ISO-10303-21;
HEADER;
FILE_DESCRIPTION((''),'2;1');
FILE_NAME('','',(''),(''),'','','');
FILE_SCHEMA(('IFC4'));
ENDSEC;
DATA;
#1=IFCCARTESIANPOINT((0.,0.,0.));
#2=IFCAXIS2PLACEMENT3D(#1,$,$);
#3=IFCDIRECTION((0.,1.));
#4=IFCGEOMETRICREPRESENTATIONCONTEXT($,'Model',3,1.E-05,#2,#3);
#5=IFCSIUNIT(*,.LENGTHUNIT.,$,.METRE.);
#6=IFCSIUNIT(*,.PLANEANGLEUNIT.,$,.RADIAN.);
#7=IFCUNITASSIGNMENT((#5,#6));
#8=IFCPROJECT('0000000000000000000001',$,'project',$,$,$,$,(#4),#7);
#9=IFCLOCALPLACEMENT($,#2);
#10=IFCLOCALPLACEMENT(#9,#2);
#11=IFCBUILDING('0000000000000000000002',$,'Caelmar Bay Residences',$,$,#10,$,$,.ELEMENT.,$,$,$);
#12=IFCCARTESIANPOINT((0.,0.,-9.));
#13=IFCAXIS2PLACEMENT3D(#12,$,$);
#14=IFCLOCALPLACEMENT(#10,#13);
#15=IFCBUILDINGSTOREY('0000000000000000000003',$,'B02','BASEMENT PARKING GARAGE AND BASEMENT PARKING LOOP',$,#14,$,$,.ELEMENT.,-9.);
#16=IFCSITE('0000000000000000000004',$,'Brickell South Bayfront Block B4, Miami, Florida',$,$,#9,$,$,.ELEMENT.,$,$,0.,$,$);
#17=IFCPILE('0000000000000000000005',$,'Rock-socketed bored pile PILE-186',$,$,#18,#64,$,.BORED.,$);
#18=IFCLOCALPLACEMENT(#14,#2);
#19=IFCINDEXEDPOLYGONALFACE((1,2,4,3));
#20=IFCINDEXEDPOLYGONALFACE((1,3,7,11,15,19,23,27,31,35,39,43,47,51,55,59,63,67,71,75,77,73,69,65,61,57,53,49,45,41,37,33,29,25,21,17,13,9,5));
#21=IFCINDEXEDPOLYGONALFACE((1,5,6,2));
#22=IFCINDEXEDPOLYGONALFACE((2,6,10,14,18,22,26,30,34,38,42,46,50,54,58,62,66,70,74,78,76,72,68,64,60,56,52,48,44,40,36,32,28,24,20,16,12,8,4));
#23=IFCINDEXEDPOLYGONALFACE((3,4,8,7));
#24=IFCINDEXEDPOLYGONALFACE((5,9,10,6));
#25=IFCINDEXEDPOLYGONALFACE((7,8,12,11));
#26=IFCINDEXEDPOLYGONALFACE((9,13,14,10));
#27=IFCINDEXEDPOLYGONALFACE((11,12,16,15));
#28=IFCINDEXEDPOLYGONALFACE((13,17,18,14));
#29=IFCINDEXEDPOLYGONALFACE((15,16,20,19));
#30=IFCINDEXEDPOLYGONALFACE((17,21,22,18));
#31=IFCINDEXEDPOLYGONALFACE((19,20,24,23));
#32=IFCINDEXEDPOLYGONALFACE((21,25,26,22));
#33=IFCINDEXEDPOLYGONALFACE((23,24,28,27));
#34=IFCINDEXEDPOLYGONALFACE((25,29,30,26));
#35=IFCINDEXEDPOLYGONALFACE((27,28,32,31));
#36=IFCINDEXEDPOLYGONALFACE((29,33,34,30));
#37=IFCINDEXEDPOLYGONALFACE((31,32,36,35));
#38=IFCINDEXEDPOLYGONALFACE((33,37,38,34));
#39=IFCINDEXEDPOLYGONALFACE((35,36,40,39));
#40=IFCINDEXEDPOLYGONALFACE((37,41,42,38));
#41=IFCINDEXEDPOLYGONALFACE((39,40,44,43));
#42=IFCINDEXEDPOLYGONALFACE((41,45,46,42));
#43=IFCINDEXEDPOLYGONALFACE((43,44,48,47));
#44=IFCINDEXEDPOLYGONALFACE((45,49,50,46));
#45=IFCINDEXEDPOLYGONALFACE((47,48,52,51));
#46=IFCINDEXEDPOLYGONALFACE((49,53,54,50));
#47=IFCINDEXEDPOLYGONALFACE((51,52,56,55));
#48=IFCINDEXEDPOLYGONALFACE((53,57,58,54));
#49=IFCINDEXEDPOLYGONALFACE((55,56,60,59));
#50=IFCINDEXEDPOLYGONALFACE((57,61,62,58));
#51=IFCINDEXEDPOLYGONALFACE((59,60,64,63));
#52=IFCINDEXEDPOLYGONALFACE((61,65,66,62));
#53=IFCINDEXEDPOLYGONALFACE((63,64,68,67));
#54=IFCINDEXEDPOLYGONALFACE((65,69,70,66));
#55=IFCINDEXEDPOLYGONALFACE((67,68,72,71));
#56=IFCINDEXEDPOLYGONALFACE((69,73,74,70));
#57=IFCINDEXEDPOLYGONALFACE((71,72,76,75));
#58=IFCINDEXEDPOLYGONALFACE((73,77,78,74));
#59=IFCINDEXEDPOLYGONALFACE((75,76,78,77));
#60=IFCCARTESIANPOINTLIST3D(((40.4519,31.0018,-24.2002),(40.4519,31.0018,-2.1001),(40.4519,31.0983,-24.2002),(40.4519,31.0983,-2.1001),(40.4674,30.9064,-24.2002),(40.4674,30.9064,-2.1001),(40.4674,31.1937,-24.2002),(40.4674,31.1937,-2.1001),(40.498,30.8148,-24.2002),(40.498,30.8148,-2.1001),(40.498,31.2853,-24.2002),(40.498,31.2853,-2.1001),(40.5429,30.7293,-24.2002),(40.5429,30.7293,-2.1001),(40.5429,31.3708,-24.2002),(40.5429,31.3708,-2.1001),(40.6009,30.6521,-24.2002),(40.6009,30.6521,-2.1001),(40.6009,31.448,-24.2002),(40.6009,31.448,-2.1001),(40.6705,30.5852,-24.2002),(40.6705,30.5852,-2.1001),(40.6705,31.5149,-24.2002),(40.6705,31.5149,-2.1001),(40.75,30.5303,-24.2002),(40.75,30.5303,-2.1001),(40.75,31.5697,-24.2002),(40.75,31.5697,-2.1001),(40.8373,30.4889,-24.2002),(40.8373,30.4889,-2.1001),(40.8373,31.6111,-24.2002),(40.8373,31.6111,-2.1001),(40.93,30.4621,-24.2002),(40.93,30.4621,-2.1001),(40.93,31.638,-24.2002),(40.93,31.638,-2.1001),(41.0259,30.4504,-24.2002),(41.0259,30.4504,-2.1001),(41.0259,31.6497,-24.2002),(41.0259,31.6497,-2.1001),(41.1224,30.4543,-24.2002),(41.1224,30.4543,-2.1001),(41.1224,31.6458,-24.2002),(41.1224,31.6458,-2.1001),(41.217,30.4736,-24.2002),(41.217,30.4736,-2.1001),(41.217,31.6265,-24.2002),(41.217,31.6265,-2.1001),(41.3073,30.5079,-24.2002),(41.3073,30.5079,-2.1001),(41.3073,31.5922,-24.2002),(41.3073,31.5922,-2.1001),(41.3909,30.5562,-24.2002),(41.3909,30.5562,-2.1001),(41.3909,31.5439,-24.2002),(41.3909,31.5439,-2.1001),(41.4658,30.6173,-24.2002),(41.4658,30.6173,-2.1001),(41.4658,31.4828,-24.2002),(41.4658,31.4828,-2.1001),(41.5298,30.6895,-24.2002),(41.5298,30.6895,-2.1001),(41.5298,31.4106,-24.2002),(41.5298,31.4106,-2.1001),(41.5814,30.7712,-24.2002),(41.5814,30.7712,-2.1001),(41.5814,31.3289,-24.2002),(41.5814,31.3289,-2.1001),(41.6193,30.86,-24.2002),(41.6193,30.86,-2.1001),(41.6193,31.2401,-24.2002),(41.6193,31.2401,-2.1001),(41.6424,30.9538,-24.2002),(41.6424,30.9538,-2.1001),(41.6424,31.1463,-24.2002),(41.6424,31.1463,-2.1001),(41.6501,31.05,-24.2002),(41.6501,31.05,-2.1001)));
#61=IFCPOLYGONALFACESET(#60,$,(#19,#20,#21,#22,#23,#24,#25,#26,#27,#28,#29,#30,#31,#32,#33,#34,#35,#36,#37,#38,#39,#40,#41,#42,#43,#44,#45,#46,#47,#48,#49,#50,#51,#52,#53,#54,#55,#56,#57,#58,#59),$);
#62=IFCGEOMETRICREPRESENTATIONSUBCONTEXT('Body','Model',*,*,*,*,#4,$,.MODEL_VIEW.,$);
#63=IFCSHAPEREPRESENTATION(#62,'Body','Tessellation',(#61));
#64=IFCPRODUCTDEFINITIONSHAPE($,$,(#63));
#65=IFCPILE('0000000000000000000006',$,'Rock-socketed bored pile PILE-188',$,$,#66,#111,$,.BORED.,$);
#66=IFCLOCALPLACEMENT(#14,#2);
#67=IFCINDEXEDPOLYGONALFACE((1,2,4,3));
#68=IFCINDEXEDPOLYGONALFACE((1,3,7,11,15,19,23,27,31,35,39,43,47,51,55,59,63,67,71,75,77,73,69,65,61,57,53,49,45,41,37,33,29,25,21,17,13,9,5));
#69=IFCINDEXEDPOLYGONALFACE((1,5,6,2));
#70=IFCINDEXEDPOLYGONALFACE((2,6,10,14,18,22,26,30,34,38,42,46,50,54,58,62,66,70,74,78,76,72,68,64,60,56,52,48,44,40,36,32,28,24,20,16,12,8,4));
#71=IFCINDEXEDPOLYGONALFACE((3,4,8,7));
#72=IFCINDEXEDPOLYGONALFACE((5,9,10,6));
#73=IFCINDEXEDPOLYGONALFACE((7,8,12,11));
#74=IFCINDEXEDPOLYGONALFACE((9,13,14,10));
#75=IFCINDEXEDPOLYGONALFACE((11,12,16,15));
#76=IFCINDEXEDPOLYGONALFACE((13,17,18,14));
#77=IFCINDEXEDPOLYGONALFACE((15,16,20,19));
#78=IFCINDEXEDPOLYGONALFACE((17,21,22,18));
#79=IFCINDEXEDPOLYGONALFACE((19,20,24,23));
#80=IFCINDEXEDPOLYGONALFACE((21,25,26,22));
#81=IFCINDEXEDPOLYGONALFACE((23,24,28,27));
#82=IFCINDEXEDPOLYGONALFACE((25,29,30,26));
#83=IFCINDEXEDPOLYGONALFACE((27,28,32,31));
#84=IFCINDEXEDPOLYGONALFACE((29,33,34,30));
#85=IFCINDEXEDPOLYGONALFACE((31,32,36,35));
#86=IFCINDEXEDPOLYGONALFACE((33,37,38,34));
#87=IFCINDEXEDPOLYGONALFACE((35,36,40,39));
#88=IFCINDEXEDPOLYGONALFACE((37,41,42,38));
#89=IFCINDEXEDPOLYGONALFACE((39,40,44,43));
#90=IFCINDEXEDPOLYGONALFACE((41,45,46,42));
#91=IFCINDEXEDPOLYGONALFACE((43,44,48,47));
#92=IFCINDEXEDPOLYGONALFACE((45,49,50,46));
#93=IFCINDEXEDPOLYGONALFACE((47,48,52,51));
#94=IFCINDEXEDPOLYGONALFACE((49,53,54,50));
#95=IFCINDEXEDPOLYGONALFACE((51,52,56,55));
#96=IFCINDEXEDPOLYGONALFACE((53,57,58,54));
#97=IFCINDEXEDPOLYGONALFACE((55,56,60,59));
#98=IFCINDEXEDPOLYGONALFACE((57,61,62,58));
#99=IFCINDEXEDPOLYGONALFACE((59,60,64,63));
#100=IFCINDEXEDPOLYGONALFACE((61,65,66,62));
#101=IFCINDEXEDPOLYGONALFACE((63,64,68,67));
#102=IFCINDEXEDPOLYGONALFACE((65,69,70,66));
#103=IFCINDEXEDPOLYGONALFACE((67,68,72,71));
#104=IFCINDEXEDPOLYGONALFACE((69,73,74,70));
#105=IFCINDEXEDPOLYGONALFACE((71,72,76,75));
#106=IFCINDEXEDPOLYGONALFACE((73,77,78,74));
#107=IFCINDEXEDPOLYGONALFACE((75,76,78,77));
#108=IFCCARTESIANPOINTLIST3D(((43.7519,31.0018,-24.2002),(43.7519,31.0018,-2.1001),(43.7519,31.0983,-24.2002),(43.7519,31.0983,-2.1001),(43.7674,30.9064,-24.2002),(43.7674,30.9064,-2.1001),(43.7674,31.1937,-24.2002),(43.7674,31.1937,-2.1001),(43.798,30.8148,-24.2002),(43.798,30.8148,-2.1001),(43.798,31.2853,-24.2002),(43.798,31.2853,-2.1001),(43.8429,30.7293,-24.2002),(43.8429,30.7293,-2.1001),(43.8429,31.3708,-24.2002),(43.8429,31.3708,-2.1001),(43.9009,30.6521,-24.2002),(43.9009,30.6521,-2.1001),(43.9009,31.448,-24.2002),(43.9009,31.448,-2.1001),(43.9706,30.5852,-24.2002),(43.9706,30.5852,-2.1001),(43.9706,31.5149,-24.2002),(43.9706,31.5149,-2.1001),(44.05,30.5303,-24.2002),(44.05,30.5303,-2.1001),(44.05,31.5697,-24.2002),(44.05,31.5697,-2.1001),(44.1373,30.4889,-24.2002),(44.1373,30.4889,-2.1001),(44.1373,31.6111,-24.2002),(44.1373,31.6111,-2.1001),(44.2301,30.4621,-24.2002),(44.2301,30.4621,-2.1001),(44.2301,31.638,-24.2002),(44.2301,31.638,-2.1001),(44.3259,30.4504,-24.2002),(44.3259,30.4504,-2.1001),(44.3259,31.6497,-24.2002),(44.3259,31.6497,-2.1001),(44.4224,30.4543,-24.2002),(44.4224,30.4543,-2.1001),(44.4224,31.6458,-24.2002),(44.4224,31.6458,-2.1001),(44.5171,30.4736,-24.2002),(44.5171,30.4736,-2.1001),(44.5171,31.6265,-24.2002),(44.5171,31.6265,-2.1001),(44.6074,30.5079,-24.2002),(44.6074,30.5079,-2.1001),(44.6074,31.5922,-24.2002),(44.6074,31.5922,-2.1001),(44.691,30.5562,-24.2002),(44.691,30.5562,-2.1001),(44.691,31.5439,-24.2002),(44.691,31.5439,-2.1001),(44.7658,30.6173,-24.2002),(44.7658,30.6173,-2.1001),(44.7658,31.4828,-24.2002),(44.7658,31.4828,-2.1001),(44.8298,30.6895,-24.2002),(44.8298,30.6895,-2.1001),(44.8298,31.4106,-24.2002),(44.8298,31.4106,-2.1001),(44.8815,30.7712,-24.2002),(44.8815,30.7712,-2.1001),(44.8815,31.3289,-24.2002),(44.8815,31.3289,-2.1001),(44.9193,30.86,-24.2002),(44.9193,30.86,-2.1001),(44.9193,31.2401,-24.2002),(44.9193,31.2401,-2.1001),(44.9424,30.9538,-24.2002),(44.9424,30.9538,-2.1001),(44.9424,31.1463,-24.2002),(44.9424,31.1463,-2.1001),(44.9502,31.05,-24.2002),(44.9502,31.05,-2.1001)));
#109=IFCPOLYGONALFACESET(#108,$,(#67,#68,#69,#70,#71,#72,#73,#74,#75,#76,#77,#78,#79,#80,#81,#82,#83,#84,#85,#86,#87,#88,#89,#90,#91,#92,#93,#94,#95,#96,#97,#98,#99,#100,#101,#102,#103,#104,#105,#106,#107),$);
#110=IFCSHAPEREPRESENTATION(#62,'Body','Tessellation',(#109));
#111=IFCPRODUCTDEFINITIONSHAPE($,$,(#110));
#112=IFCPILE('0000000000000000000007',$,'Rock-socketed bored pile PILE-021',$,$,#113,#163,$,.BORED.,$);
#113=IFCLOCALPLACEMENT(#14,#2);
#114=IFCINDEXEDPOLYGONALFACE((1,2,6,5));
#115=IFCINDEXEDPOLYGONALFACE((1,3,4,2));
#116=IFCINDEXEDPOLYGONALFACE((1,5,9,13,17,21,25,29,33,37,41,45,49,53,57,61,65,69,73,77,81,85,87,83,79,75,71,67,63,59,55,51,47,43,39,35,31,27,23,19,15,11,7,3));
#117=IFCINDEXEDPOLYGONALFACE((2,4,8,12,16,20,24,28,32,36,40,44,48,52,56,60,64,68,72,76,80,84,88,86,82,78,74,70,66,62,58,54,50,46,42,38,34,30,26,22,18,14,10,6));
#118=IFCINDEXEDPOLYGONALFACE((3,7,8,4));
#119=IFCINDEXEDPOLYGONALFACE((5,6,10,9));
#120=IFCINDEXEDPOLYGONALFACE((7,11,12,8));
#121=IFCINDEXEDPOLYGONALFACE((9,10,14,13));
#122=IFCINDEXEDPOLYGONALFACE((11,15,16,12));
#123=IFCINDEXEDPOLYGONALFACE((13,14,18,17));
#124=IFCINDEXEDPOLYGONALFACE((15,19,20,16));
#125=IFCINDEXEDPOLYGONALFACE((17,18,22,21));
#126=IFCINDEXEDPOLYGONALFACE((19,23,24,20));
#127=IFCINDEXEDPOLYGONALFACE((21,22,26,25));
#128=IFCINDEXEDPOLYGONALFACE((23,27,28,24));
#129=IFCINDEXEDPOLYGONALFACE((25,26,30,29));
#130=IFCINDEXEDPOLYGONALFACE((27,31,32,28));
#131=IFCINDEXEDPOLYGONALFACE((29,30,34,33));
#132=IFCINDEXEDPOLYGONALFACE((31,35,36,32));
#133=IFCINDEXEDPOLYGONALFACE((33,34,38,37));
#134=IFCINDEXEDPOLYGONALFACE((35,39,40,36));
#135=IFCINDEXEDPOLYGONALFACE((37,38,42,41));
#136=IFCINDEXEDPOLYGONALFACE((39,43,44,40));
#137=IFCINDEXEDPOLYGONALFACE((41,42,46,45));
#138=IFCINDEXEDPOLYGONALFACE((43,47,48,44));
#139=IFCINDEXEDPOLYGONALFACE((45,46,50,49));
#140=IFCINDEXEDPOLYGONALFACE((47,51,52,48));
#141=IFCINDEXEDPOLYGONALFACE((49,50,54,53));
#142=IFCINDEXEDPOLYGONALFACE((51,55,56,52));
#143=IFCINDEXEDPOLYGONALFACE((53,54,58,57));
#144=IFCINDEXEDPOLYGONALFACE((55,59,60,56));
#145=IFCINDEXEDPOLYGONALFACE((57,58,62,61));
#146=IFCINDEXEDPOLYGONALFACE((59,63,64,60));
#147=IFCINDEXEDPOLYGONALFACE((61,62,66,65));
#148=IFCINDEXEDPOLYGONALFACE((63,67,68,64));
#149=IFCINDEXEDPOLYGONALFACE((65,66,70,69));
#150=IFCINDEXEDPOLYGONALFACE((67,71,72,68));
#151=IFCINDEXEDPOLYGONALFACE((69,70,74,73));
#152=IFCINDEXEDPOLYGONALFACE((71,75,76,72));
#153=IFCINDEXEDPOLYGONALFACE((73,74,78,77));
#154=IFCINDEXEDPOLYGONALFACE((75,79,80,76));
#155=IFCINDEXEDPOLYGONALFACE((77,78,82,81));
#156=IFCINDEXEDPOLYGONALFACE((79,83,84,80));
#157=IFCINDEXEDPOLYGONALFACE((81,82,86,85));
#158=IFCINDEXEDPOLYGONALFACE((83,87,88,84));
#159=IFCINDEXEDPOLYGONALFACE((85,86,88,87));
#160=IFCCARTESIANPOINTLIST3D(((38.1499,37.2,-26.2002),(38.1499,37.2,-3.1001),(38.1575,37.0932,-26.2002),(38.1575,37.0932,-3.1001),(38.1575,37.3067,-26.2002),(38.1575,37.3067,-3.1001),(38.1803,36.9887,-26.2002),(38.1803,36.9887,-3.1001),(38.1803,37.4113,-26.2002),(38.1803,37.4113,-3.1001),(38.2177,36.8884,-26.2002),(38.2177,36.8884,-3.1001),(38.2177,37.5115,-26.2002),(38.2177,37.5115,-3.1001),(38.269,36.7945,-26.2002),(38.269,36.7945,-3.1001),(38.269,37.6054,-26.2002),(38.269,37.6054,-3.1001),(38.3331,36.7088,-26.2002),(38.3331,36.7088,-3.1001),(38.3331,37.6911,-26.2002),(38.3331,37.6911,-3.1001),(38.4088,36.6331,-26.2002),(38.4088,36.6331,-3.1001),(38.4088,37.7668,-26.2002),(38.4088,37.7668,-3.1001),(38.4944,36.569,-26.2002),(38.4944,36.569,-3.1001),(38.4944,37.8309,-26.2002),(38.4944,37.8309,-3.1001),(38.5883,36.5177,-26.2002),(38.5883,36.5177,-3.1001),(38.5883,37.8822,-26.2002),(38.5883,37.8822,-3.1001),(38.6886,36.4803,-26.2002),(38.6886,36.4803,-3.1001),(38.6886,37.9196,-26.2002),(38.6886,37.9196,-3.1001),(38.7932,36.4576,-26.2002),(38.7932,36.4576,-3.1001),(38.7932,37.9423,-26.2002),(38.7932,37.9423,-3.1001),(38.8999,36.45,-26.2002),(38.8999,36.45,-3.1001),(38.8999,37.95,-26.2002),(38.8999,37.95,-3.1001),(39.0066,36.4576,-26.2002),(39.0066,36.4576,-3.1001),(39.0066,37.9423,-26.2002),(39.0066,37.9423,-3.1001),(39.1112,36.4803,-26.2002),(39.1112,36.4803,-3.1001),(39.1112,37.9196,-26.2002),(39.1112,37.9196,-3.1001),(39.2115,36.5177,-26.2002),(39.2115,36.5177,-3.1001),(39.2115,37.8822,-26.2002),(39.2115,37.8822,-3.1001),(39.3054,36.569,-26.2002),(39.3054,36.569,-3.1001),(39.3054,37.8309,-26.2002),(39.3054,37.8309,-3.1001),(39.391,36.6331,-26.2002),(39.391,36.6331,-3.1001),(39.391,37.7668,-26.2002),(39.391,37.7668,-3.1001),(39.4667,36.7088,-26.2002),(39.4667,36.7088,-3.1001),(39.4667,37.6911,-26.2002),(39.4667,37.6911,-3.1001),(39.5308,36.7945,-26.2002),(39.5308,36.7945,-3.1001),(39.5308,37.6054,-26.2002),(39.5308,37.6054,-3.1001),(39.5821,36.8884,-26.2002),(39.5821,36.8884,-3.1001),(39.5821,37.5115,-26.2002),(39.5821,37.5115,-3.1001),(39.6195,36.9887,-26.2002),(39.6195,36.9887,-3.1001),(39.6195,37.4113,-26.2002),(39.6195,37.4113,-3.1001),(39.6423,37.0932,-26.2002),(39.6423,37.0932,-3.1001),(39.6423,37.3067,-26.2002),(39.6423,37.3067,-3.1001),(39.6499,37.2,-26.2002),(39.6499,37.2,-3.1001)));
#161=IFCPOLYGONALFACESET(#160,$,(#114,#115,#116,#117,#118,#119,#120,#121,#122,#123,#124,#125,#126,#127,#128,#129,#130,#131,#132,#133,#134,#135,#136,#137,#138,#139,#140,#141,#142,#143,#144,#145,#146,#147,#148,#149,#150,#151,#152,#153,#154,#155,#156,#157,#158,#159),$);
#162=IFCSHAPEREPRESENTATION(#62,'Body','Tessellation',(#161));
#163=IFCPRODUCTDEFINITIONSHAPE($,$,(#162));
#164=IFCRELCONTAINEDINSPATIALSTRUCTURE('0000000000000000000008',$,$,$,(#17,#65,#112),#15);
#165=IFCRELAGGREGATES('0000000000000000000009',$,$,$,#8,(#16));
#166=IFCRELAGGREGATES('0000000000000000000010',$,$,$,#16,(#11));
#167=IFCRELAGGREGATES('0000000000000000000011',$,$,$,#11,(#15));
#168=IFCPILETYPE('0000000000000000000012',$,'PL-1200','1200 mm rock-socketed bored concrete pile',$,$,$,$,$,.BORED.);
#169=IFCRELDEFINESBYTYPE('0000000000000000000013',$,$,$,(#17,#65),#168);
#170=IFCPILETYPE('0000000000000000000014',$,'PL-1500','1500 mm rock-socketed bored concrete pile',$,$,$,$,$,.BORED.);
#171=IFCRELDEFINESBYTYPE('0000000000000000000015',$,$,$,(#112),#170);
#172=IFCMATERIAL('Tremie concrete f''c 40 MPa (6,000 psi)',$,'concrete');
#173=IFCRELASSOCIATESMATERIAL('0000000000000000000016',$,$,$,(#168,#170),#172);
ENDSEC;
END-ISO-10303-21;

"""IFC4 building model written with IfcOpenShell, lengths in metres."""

from ifc_helpers import new_model, si_unit, direction, frame, origin, origin_2d, place, context, subcontext, project, spatial, circle, extrude, material, material_profile, profile_set, type_object, element, save


model = new_model("IFC4")

# Units and contexts
model_context = context("Model", 3, precision=1e-05, world=origin(), true_north=direction((0.0, 1.0)))
body_context = subcontext(model_context, "Body", "Model", "MODEL_VIEW")
ifc_project = project(units=[si_unit("LENGTHUNIT", "METRE"), si_unit("PLANEANGLEUNIT", "RADIAN")], contexts=[model_context])

# Site, building, storey
site_placement = place(None, origin())
site = spatial("IfcSite", under=ifc_project, at=site_placement, Name="Brickell South Bayfront Block B4, Miami, Florida", CompositionType="ELEMENT", RefElevation=0.0)
building_placement = place(site_placement, origin())
building = spatial("IfcBuilding", under=site, at=building_placement, Name="Caelmar Bay Residences", CompositionType="ELEMENT")
storey_placement = place(building_placement, frame((0.0, 0.0, -9.0)))
storey = spatial("IfcBuildingStorey", under=building, at=storey_placement, Name="B02", Description="BASEMENT PARKING GARAGE AND BASEMENT PARKING LOOP", CompositionType="ELEMENT", Elevation=-9.0)

# Piles
ifc_material_1 = material(Name="Tremie concrete f'c 40 MPa (6,000 psi)", Category="concrete")
ifc_material_profile_1 = material_profile(ifc_material_1, circle(Radius=0.6001, at=origin_2d()), Name="PILE-1200D")
ifc_profile_set_1 = profile_set([ifc_material_profile_1], Name="Tremie concrete f'c 40 MPa (6,000 psi)")
pile_type_1 = type_object("IfcPileType", Name="PL-1200", Description="1200 mm rock-socketed bored concrete pile", PredefinedType="BORED", material=ifc_profile_set_1)
for number, where, z_axis, x_axis, name in (
    (1, (41.05, 31.05, -2.1001), (0.0, 0.0, -1.0), (1.0, 0.0, 0.0), "Rock-socketed bored pile PILE-186"),
    (2, (44.3501, 31.05, -2.1001), (0.0, 0.0, -1.0), (1.0, 0.0, 0.0), "Rock-socketed bored pile PILE-188"),
):
    element("IfcPile", number, at=place(storey_placement, frame(where, z_axis=z_axis, x_axis=x_axis)), inside=storey, type_object=pile_type_1, Name=name, PredefinedType="BORED", context=body_context, shape_type="SweptSolid", body=[
        extrude(circle(Radius=0.6001, at=origin_2d()), origin(), (0.0, 0.0, 1.0), 22.1001),
    ])
ifc_material_profile_2 = material_profile(ifc_material_1, circle(Radius=0.75, at=origin_2d()), Name="PILE-1500D")
ifc_profile_set_2 = profile_set([ifc_material_profile_2], Name="Tremie concrete f'c 40 MPa (6,000 psi)")
pile_type_2 = type_object("IfcPileType", Name="PL-1500", Description="1500 mm rock-socketed bored concrete pile", PredefinedType="BORED", material=ifc_profile_set_2)
for number, where, z_axis, x_axis, name in (
    (3, (38.8999, 37.2, -3.1001), (0.0, 0.0, -1.0), (1.0, 0.0, 0.0), "Rock-socketed bored pile PILE-021"),
):
    element("IfcPile", number, at=place(storey_placement, frame(where, z_axis=z_axis, x_axis=x_axis)), inside=storey, type_object=pile_type_2, Name=name, PredefinedType="BORED", context=body_context, shape_type="SweptSolid", body=[
        extrude(circle(Radius=0.75, at=origin_2d()), origin(), (0.0, 0.0, 1.0), 23.1001),
    ])

save(model, "model.ifc")
